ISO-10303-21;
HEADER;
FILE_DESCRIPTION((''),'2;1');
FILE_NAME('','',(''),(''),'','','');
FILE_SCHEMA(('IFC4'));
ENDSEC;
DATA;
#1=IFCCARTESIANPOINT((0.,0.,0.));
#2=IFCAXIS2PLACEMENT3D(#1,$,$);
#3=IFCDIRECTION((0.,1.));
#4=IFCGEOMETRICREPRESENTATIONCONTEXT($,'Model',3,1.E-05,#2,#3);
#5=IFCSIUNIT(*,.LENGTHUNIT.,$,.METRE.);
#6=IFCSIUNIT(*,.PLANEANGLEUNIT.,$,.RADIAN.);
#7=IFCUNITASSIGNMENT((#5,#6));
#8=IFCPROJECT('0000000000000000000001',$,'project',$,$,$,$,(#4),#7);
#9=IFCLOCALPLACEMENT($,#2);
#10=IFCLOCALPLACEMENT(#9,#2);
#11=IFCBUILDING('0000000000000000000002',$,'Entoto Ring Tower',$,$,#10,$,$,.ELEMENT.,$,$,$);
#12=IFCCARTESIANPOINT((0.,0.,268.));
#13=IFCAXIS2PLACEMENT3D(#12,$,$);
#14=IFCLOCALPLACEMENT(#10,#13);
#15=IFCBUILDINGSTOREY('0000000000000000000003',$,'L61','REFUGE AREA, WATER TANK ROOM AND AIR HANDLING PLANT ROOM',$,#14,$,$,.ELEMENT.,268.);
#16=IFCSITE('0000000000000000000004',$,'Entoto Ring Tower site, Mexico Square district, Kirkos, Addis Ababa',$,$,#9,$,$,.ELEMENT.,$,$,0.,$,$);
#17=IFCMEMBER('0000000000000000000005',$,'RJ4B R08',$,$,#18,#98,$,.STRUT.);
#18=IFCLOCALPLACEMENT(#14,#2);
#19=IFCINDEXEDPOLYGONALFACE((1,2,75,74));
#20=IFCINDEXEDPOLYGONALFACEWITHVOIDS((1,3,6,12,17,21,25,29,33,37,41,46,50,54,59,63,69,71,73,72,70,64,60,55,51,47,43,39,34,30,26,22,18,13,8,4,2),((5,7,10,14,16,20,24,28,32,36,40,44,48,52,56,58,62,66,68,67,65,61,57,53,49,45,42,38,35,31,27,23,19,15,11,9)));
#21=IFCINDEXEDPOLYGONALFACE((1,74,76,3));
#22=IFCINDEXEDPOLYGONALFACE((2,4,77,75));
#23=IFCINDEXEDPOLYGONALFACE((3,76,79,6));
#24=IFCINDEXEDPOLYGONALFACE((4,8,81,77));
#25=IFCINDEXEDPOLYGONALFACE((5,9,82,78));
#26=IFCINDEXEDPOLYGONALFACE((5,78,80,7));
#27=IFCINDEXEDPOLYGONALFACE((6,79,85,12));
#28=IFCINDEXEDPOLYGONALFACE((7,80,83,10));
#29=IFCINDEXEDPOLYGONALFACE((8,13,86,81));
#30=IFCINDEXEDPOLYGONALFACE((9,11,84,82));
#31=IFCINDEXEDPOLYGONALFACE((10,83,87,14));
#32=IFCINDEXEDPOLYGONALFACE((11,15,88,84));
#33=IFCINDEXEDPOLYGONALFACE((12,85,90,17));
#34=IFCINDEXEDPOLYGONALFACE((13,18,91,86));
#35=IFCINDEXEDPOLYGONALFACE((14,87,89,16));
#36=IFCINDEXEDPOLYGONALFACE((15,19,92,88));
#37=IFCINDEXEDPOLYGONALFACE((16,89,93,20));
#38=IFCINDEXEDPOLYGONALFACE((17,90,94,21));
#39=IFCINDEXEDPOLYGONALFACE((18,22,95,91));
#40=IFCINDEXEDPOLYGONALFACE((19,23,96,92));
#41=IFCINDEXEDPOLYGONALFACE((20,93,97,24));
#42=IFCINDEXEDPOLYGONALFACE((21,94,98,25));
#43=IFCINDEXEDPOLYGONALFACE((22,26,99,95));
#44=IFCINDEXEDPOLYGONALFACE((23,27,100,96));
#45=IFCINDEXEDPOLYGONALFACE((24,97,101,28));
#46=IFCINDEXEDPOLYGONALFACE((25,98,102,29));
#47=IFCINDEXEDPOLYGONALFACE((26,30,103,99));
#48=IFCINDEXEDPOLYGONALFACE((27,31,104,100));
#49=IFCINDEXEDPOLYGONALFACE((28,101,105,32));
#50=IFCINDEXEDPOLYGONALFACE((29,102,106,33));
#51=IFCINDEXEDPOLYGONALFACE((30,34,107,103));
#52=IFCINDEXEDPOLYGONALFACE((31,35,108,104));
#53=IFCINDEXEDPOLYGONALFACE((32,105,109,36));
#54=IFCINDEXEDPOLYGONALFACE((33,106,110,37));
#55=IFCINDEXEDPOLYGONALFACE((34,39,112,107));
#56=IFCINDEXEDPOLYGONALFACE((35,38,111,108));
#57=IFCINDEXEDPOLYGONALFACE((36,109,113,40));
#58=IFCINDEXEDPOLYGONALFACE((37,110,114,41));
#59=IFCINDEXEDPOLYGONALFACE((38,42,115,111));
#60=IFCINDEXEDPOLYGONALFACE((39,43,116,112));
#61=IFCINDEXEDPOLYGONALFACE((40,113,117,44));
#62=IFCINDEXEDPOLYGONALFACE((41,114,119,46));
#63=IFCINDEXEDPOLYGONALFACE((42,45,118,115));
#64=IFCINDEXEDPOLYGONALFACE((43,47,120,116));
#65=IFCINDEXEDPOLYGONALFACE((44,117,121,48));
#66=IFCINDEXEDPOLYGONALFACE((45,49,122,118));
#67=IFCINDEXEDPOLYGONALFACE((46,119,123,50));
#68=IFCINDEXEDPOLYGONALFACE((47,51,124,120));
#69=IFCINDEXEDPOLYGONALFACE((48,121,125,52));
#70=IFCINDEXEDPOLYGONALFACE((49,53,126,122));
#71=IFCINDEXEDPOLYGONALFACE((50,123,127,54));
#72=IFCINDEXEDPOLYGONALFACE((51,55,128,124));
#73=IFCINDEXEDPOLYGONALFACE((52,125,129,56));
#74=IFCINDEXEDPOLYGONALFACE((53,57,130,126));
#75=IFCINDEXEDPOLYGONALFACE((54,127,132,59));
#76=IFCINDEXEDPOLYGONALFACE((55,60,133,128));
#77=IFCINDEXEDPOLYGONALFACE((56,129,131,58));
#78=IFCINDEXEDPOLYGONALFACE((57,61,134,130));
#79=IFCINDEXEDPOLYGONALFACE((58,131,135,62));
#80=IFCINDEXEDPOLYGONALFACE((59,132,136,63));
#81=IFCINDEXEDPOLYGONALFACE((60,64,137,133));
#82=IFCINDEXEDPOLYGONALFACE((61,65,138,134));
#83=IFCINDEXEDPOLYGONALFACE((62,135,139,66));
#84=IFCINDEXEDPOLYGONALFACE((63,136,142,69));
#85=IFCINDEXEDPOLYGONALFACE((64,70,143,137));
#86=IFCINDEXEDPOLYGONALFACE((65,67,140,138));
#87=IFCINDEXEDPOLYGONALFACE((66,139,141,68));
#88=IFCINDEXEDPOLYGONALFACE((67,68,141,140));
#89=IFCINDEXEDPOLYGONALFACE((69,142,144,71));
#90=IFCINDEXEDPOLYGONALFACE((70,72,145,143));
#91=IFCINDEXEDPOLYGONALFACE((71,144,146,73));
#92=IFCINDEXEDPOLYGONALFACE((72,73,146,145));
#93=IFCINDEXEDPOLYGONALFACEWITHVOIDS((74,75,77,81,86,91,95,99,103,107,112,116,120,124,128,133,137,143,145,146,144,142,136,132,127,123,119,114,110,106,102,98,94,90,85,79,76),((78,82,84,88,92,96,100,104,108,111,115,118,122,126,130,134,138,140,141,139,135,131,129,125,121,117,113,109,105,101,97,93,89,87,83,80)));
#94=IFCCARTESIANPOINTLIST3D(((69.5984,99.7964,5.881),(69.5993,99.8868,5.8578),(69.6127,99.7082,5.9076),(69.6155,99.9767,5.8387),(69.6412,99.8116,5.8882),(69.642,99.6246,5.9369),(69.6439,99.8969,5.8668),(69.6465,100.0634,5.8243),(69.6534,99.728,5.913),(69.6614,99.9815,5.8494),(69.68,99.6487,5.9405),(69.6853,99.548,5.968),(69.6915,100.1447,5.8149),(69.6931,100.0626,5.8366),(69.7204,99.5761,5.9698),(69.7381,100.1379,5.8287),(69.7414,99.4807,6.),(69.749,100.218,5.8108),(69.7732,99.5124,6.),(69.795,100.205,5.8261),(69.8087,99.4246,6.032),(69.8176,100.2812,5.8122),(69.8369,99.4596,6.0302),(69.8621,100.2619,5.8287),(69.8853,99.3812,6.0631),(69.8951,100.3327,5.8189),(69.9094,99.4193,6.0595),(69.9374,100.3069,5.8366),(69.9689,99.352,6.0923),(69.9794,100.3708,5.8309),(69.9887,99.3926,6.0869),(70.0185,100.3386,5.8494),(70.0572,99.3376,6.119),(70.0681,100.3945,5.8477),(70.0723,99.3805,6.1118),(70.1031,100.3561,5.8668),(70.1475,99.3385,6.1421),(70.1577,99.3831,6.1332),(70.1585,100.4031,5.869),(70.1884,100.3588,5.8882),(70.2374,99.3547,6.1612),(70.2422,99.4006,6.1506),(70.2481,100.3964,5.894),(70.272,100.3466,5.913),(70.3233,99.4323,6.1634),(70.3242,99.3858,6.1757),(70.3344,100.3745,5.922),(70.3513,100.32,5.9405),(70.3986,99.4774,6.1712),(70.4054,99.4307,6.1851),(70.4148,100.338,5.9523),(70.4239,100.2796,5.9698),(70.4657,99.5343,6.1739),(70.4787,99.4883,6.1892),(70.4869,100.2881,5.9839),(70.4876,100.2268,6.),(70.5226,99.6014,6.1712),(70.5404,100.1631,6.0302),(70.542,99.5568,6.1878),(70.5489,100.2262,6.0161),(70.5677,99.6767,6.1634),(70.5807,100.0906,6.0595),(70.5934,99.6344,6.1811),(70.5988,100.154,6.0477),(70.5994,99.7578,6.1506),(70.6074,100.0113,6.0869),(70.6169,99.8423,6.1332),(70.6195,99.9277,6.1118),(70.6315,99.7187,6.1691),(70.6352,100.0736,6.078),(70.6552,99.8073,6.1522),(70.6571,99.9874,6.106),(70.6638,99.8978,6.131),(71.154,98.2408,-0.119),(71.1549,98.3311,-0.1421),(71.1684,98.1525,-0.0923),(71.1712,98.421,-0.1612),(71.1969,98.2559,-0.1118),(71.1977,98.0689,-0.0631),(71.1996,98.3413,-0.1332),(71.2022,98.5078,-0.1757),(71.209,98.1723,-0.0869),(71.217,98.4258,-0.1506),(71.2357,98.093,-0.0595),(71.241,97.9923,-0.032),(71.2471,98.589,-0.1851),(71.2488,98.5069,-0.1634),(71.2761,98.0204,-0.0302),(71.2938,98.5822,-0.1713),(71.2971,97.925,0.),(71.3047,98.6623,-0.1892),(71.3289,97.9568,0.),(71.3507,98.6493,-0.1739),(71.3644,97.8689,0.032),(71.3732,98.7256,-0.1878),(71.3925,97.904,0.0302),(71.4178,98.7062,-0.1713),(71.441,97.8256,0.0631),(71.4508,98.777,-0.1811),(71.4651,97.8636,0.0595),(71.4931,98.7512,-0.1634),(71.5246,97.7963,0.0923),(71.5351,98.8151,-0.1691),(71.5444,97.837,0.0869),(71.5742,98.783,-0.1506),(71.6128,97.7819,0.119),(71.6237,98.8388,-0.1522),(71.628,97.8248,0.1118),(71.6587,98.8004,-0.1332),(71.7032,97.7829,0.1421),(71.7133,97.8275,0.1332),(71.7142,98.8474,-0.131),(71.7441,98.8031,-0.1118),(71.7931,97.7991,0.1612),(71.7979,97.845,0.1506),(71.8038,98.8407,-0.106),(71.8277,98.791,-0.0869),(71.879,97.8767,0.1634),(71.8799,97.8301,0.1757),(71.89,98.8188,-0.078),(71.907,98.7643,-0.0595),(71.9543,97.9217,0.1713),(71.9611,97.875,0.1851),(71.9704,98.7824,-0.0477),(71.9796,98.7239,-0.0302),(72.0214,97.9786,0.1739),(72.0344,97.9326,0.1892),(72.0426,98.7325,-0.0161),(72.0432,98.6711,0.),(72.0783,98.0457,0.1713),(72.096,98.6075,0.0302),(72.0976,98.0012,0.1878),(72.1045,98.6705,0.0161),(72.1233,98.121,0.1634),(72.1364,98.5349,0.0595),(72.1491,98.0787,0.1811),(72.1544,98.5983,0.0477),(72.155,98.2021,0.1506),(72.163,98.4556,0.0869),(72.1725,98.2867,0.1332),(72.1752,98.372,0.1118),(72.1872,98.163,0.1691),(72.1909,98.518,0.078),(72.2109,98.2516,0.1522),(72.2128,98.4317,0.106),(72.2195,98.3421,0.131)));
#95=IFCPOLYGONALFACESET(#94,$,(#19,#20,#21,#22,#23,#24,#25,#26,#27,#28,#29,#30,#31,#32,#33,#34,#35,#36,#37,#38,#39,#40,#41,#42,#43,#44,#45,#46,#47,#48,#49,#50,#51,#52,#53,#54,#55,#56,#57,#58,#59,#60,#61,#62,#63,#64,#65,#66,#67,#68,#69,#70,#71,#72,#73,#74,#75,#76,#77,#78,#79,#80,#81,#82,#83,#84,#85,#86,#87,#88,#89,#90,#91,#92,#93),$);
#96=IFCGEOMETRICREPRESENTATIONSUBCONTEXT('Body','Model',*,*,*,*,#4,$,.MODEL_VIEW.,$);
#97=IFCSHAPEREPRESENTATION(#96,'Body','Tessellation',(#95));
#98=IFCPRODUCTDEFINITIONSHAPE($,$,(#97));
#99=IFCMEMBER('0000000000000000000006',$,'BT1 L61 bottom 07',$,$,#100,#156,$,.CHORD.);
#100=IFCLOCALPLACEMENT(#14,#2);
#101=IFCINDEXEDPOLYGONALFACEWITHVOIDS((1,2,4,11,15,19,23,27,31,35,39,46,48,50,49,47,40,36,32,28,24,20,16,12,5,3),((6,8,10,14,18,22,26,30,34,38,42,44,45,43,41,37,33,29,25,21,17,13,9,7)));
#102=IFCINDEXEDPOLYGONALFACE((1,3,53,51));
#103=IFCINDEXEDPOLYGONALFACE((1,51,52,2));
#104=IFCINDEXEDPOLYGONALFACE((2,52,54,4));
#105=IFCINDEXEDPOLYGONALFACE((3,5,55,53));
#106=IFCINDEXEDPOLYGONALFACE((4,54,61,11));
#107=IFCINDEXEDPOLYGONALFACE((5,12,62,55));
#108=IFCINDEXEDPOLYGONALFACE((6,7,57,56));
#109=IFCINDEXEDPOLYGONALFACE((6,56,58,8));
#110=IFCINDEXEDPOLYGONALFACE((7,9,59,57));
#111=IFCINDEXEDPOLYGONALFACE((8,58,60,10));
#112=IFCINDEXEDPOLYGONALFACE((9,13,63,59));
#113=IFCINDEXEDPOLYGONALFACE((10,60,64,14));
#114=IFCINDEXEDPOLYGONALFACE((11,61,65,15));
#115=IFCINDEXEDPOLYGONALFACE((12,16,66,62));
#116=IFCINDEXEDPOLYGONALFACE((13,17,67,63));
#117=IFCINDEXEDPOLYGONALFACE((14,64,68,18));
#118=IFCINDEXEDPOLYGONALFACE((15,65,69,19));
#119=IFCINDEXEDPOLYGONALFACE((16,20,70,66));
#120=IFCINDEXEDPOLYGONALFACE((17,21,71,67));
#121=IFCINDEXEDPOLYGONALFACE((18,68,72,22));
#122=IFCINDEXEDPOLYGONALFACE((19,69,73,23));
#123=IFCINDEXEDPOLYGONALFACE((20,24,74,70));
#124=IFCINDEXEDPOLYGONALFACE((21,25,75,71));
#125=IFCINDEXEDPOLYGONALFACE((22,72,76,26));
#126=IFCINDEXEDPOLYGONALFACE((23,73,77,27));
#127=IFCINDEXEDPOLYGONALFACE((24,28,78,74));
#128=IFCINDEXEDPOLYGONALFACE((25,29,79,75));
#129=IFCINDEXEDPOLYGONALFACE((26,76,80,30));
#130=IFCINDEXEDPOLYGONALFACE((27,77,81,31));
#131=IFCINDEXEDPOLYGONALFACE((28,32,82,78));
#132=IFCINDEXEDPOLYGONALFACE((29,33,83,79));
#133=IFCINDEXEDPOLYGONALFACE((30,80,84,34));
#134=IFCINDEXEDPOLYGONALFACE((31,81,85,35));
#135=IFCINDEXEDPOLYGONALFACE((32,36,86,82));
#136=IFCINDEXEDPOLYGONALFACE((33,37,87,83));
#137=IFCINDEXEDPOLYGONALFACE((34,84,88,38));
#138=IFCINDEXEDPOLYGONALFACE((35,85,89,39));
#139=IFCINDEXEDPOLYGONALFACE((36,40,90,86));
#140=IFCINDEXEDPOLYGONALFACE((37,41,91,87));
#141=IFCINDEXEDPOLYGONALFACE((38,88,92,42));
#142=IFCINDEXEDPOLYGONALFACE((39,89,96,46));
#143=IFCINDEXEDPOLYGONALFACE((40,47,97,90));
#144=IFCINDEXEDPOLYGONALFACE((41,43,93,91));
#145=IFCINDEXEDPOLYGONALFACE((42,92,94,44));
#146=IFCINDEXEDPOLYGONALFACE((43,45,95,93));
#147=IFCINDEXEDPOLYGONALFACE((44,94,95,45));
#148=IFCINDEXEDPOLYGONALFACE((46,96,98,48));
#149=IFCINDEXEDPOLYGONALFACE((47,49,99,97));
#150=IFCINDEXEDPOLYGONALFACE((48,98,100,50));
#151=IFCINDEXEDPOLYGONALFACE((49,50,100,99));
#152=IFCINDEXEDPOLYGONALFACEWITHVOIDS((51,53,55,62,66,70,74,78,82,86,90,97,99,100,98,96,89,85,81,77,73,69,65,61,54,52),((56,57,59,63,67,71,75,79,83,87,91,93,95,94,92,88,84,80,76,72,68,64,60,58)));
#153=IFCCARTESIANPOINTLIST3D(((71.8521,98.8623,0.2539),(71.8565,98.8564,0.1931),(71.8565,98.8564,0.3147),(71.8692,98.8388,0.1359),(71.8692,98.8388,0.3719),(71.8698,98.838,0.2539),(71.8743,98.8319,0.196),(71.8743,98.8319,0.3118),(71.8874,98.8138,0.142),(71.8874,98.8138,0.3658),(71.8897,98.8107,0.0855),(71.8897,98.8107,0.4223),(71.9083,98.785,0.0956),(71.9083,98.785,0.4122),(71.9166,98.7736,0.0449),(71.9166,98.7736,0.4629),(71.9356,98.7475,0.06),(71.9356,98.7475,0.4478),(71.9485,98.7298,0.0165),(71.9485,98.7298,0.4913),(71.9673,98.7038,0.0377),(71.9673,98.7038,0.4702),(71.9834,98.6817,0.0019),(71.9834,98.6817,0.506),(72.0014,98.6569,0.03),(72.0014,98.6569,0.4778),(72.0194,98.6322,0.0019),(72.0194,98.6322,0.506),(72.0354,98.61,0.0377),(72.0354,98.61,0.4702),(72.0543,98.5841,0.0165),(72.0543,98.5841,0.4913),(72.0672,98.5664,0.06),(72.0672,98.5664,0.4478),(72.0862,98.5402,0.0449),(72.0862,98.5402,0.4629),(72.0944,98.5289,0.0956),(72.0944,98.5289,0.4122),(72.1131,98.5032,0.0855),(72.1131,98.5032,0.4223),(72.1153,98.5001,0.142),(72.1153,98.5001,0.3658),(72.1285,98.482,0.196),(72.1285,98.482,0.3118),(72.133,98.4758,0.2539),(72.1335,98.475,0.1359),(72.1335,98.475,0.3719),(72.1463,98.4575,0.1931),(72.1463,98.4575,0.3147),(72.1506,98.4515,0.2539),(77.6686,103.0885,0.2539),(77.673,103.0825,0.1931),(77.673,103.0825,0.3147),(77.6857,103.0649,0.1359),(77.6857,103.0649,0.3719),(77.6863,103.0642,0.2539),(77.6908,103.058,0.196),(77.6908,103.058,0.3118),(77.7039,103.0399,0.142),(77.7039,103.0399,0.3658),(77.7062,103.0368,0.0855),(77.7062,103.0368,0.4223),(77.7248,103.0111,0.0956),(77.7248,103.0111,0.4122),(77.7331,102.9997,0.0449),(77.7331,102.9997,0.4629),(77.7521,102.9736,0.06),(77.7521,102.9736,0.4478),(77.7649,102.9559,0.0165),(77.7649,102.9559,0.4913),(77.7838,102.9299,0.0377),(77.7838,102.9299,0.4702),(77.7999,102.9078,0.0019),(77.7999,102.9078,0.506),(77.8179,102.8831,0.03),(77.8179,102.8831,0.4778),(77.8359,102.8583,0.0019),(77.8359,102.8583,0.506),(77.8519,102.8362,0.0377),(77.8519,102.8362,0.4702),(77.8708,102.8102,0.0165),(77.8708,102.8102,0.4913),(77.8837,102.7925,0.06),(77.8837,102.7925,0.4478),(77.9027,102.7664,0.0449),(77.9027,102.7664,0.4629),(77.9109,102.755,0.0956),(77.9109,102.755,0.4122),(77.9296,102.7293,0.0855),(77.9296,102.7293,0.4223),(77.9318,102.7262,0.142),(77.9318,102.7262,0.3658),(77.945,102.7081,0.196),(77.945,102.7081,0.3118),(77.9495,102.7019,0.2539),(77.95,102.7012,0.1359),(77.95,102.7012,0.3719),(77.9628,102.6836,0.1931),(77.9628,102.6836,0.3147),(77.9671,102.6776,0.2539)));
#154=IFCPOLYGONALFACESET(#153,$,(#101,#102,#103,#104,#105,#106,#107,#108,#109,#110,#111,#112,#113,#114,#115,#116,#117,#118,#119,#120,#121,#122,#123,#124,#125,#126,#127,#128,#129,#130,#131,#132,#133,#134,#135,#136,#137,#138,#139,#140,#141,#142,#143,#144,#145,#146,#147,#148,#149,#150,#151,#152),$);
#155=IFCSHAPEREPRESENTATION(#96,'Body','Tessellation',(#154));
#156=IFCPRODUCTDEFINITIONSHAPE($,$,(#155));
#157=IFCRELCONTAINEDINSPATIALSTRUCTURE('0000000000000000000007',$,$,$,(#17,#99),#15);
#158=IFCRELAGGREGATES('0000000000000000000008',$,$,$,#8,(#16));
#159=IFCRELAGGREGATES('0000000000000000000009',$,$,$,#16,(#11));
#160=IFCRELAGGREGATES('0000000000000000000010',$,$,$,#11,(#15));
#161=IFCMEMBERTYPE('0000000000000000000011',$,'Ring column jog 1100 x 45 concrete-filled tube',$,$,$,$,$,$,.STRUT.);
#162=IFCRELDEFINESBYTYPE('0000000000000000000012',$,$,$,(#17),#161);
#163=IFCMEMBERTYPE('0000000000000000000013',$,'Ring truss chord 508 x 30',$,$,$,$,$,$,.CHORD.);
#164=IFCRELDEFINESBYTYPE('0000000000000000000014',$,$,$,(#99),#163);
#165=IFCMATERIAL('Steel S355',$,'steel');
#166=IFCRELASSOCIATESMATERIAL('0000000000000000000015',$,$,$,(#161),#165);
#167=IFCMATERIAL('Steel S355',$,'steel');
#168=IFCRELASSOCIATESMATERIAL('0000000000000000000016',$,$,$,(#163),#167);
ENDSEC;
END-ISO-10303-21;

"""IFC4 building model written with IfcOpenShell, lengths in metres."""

from ifc_helpers import new_model, si_unit, direction, frame, origin, origin_2d, place, context, subcontext, project, spatial, circle, hollow_circle, extrude, material, material_profile, profile_set, type_object, element, save


model = new_model("IFC4")

# Units and contexts
model_context = context("Model", 3, precision=1e-05, world=origin(), true_north=direction((0.0, 1.0)))
body_context = subcontext(model_context, "Body", "Model", "MODEL_VIEW")
ifc_project = project(units=[si_unit("LENGTHUNIT", "METRE"), si_unit("PLANEANGLEUNIT", "RADIAN")], contexts=[model_context])

# Site, building, storey
site_placement = place(None, origin())
site = spatial("IfcSite", under=ifc_project, at=site_placement, Name="Entoto Ring Tower site, Mexico Square district, Kirkos, Addis Ababa", CompositionType="ELEMENT", RefElevation=0.0)
building_placement = place(site_placement, origin())
building = spatial("IfcBuilding", under=site, at=building_placement, Name="Entoto Ring Tower", CompositionType="ELEMENT")
storey_placement = place(building_placement, frame((0.0, 0.0, 268.0)))
storey = spatial("IfcBuildingStorey", under=building, at=storey_placement, Name="L61", Description="REFUGE AREA, WATER TANK ROOM AND AIR HANDLING PLANT ROOM", CompositionType="ELEMENT", Elevation=268.0)

# Members
ifc_material_1 = material(Name="Steel S355", Category="steel")
ifc_material_profile_1 = material_profile(ifc_material_1, hollow_circle(Radius=0.55, WallThickness=0.0449, at=origin_2d()), Name="CHS 1100 x 45")
ifc_material_2 = material(Name="Concrete C60/75", Category="concrete")
ifc_material_profile_2 = material_profile(ifc_material_2, circle(Radius=0.5049, at=origin_2d()), Name="Concrete C60/75 infill")
ifc_profile_set_1 = profile_set([ifc_material_profile_1, ifc_material_profile_2], Name="Steel S355")
member_type_1 = type_object("IfcMemberType", Name="Ring column jog 1100 x 45 concrete-filled tube", PredefinedType="STRUT", material=ifc_profile_set_1)
member_1_placement = place(storey_placement, frame((71.686, 98.314, 0.0), z_axis=(-0.243429, 0.243429, 0.938874), x_axis=(-0.707107, -0.707107, 0.0)))
element("IfcMember", 1, at=member_1_placement, inside=storey, type_object=member_type_1, Name="RJ4B R08", PredefinedType="STRUT", context=body_context, shape_type="SweptSolid", body=[
    extrude(hollow_circle(Radius=0.55, WallThickness=0.0449, at=origin_2d()), origin(), (0.0, 0.0, 1.0), 6.3906),
])
ifc_material_3 = material(Name="Steel S355", Category="steel")
ifc_material_profile_3 = material_profile(ifc_material_3, hollow_circle(Radius=0.2539, WallThickness=0.03, at=origin_2d()), Name="CHS 508 x 30")
ifc_material_4 = material(Name="Concrete C60/75", Category="concrete")
ifc_material_profile_4 = material_profile(ifc_material_4, circle(Radius=0.2241, at=origin_2d()), Name="Concrete C60/75 infill")
ifc_profile_set_2 = profile_set([ifc_material_profile_3, ifc_material_profile_4], Name="Steel S355")
member_type_2 = type_object("IfcMemberType", Name="Ring truss chord 508 x 30", PredefinedType="CHORD", material=ifc_profile_set_2)
member_2_placement = place(storey_placement, frame((77.8179, 102.8831, 0.2539), z_axis=(-0.809003, -0.587804, 0.0), x_axis=(0.587804, -0.809003, 0.0)))
element("IfcMember", 2, at=member_2_placement, inside=storey, type_object=member_type_2, Name="BT1 L61 bottom 07", PredefinedType="CHORD", context=body_context, shape_type="SweptSolid", body=[
    extrude(hollow_circle(Radius=0.2539, WallThickness=0.03, at=origin_2d()), origin(), (0.0, 0.0, 1.0), 7.1897),
])

save(model, "model.ifc")
